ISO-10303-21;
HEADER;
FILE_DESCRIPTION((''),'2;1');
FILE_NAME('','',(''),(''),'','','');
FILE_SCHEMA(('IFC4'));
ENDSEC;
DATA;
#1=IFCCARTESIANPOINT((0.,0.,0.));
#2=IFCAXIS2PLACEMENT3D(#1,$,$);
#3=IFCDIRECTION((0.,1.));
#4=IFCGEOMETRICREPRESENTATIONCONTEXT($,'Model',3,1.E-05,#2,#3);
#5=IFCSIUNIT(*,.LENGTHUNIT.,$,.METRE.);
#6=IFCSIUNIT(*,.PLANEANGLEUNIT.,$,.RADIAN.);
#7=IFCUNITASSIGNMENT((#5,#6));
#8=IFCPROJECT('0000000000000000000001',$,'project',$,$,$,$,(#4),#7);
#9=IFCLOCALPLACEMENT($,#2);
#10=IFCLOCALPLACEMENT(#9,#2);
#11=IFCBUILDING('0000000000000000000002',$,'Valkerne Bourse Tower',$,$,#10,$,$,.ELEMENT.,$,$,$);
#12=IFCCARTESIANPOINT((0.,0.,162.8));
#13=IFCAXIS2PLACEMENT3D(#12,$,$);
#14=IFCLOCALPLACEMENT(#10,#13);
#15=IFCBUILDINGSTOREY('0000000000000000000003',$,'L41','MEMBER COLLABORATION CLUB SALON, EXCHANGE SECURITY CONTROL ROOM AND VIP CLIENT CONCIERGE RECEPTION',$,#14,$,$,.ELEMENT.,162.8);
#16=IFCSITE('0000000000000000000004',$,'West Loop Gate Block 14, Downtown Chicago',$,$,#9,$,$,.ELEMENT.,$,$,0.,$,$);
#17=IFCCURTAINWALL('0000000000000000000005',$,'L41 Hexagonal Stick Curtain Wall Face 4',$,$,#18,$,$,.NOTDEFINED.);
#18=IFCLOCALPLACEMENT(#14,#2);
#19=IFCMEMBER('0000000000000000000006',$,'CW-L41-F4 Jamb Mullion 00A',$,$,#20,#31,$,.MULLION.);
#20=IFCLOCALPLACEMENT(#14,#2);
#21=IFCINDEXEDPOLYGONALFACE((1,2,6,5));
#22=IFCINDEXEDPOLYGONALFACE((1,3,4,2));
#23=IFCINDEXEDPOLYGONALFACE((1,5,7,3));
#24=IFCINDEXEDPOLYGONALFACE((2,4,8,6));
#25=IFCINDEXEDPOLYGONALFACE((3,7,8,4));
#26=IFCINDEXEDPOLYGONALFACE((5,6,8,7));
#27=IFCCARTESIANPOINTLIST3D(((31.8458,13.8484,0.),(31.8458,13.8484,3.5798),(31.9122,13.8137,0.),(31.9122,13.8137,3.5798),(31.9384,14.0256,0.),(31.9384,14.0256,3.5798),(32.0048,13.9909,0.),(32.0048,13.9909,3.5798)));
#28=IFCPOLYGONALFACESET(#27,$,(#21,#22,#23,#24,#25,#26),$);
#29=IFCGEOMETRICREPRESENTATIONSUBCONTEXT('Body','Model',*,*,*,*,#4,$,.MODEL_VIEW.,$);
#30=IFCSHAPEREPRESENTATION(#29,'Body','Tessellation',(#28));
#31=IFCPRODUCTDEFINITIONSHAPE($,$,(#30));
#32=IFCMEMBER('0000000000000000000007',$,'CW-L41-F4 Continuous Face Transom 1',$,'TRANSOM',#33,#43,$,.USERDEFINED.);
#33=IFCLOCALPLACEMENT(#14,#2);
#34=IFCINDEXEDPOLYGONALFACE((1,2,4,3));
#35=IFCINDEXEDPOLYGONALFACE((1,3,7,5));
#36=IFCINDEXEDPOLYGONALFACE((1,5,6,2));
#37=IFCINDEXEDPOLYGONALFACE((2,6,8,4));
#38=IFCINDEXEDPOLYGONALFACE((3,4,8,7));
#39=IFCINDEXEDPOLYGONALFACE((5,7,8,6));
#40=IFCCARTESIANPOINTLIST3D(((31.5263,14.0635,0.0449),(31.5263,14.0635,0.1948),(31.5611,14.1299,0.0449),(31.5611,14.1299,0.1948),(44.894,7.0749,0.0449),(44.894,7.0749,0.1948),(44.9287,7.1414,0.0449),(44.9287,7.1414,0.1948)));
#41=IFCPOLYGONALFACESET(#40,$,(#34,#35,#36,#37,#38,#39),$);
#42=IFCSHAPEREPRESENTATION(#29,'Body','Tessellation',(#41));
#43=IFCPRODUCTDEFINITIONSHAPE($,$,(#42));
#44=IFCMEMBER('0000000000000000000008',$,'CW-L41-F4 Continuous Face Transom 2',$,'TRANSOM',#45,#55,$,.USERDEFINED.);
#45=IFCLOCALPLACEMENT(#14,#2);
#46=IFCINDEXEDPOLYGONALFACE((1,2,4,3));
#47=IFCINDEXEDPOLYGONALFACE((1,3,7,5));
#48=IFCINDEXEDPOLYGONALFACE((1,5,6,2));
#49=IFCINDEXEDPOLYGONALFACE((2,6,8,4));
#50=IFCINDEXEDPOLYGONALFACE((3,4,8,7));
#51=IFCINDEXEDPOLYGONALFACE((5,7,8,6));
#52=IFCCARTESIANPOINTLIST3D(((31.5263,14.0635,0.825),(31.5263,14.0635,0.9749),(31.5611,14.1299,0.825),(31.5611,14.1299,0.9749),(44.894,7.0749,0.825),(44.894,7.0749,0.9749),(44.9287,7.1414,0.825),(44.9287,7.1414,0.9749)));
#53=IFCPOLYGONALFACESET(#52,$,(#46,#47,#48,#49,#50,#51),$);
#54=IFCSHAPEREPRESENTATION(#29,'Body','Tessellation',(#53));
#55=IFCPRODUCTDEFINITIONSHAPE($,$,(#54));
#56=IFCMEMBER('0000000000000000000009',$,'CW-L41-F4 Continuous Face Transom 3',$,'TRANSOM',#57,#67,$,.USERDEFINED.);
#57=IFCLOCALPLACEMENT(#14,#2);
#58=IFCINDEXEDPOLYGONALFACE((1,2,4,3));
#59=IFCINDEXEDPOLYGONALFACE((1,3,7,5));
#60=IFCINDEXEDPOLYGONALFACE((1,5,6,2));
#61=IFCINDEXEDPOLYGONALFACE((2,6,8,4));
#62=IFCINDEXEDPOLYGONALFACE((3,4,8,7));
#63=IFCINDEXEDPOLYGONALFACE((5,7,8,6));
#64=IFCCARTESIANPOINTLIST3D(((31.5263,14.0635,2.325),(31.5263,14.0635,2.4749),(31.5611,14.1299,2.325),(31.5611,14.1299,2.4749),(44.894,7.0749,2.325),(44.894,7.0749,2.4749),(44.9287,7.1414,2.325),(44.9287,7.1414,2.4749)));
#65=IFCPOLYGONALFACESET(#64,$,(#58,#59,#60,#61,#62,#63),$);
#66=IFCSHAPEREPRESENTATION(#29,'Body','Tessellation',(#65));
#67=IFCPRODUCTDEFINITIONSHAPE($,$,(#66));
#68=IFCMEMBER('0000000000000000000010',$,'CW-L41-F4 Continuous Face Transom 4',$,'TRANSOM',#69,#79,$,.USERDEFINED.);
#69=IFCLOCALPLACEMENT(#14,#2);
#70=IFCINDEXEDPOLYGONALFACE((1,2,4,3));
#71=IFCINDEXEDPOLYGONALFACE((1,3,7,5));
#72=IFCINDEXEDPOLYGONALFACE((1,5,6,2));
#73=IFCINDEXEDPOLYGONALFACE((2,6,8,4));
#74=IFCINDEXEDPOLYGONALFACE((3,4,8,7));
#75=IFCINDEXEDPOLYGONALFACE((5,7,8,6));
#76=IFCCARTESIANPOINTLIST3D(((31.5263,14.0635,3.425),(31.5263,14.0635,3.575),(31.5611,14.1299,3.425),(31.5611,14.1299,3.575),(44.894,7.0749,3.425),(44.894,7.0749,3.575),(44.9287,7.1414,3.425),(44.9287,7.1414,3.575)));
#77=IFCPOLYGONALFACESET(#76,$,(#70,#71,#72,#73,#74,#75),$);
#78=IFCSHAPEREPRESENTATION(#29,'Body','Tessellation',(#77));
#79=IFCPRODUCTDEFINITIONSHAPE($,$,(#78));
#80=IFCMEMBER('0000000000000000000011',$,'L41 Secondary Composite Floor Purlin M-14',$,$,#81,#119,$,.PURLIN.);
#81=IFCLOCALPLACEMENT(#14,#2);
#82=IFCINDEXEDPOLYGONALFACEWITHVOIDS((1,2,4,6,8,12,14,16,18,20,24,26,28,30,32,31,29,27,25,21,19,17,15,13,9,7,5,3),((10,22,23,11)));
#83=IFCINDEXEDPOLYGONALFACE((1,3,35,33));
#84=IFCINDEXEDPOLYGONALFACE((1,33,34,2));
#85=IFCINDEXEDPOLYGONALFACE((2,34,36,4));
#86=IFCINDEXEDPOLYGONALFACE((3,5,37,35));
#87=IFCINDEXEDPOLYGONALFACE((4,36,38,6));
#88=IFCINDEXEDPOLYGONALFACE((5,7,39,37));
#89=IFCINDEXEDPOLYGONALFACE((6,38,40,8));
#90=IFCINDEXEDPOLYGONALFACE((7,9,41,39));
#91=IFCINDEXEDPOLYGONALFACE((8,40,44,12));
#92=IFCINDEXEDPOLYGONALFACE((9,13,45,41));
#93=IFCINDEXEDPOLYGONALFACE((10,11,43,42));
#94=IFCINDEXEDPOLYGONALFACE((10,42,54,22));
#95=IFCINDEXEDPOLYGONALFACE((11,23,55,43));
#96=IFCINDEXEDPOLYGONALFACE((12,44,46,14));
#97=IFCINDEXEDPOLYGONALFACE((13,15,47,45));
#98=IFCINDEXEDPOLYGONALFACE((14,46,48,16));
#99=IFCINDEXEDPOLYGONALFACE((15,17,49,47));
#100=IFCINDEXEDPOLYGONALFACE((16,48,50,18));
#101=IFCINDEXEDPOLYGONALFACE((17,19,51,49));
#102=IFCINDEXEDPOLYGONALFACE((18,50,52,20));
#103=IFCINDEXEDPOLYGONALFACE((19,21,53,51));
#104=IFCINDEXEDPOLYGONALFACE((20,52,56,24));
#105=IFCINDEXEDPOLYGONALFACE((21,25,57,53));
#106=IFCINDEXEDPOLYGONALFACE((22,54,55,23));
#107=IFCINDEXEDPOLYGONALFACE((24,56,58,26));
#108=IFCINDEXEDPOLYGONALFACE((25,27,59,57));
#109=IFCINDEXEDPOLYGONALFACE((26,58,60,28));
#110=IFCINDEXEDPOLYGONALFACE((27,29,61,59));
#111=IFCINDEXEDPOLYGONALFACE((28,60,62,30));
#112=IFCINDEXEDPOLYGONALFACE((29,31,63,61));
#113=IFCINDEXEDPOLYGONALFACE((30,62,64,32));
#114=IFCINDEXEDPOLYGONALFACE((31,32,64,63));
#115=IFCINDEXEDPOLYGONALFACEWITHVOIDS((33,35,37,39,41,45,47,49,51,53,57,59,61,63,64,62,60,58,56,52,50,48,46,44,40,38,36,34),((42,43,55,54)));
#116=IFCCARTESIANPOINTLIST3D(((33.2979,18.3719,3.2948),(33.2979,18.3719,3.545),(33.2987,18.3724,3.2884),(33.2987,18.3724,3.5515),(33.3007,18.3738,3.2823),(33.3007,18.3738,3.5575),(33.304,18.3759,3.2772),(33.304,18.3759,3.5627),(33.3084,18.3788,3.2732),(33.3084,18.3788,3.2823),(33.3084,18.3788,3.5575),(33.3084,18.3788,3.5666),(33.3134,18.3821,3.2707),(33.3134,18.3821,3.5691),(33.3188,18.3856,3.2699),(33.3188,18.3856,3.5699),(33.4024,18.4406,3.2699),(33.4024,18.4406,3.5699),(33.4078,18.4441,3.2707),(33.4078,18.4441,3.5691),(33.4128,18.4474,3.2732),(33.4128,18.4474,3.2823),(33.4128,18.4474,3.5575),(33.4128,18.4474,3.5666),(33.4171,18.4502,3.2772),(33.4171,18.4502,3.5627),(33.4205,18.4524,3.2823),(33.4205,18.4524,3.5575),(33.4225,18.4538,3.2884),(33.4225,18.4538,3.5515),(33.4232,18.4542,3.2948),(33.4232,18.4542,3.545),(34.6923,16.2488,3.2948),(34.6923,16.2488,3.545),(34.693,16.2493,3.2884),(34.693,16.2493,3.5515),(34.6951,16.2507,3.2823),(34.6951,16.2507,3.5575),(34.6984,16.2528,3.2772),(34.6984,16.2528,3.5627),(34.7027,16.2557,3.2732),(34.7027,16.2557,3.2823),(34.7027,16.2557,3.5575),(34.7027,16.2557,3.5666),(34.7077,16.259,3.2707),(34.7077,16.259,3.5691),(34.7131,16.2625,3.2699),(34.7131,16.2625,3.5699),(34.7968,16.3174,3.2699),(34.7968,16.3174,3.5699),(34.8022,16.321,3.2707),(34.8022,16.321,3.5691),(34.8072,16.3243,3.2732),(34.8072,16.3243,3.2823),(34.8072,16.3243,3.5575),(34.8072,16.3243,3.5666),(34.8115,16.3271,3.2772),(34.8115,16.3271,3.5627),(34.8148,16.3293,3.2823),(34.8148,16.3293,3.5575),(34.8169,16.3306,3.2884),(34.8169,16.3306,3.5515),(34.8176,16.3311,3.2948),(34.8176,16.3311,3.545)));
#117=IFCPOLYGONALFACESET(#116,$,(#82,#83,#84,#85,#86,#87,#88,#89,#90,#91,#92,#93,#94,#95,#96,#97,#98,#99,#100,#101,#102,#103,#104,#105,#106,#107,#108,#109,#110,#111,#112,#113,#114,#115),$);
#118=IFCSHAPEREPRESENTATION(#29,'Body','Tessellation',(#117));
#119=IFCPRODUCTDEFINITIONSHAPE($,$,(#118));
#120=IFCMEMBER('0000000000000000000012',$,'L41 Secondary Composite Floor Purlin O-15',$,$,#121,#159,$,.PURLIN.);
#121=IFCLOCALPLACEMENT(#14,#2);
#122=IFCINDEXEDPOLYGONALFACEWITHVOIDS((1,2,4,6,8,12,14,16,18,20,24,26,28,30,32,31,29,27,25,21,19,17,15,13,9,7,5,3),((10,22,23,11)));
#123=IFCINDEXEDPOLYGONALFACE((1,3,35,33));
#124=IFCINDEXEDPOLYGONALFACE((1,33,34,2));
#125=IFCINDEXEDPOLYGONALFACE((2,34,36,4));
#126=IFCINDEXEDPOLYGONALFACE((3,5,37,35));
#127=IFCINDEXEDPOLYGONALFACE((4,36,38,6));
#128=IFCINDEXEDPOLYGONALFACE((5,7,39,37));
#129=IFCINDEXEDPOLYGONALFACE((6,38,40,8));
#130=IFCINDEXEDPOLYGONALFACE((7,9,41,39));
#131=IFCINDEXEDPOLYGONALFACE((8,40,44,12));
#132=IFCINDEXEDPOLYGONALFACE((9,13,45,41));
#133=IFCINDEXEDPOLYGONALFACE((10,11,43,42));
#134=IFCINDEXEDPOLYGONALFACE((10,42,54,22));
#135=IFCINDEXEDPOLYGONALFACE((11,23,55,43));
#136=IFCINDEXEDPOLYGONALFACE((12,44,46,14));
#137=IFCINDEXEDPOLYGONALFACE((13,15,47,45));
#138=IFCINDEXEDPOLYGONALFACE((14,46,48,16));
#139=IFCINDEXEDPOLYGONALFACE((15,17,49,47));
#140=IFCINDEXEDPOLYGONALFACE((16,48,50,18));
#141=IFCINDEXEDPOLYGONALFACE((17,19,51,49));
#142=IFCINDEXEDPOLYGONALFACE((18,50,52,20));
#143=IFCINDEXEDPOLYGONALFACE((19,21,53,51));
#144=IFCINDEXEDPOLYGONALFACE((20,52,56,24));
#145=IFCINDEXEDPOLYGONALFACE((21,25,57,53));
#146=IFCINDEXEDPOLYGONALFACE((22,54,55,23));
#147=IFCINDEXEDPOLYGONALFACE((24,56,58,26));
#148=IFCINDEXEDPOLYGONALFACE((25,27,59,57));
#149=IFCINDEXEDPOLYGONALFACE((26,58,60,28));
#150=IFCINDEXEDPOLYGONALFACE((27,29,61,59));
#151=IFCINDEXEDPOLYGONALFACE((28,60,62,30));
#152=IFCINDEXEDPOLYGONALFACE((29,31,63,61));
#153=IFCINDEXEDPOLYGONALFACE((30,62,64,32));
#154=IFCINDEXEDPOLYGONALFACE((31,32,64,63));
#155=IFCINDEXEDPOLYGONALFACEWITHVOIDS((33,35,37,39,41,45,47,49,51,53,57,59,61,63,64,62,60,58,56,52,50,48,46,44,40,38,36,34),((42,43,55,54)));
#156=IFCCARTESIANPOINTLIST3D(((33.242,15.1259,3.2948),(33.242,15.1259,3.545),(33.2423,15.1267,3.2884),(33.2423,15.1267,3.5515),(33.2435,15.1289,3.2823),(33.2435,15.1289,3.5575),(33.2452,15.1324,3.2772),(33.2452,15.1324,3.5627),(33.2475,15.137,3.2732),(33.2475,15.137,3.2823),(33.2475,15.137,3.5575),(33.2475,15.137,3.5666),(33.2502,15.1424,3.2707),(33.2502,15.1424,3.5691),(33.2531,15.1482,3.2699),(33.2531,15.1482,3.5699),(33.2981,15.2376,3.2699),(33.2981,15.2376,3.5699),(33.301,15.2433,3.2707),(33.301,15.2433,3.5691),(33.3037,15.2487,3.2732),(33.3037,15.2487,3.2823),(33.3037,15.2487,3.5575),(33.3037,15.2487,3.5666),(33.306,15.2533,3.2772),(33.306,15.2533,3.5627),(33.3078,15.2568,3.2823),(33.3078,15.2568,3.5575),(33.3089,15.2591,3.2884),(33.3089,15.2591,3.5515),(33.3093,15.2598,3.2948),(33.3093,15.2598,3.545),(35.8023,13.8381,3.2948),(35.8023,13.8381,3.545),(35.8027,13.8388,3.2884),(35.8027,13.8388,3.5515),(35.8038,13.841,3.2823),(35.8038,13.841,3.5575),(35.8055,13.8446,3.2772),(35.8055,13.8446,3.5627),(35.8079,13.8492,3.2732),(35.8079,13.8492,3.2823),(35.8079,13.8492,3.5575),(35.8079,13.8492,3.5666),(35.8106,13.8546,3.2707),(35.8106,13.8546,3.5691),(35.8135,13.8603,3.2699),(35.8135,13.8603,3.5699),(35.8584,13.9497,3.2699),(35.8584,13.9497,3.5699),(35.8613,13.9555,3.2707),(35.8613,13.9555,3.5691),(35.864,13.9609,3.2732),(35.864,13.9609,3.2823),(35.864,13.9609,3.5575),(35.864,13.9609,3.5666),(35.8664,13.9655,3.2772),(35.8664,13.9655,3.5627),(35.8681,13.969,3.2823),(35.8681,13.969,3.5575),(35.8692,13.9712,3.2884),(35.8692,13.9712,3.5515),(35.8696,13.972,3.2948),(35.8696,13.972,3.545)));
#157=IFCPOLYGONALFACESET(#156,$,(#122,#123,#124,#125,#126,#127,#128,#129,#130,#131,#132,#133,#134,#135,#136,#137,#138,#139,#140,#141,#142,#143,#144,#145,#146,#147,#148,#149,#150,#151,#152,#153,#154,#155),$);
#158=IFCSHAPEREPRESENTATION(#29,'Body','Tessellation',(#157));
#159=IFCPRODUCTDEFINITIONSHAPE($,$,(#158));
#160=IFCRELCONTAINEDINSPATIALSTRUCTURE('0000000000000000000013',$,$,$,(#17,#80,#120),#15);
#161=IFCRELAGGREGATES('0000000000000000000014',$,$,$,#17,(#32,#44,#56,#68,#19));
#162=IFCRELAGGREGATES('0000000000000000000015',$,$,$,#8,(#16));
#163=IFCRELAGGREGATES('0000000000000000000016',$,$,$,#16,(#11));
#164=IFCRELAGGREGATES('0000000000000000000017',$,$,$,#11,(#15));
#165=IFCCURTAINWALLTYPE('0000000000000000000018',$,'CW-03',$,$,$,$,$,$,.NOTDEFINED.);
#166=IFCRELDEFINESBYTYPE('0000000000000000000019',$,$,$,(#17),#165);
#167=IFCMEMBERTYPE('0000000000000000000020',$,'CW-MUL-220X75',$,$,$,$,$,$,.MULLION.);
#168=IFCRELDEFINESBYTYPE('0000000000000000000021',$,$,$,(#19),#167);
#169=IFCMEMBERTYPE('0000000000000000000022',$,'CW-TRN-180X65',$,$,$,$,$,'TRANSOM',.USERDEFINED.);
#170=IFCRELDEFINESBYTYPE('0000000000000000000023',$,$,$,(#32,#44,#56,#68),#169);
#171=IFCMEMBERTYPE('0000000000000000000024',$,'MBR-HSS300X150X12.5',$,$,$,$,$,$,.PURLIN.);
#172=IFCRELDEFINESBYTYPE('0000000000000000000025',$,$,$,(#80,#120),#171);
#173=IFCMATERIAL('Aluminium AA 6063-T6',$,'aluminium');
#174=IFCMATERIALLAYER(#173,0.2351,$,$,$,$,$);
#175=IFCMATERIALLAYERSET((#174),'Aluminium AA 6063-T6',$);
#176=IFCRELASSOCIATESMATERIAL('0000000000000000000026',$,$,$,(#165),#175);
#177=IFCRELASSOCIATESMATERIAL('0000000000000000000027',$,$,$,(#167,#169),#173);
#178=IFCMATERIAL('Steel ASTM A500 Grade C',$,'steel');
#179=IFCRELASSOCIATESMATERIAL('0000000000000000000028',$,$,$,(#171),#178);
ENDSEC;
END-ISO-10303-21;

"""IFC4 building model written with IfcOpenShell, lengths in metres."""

from ifc_helpers import new_model, si_unit, direction, frame, origin, origin_2d, place, context, subcontext, project, spatial, rectangle, hollow_rectangle, extrude, material, layer, layer_set, material_profile, profile_set, type_object, element, aggregate, save


model = new_model("IFC4")

# Units and contexts
model_context = context("Model", 3, precision=1e-05, world=origin(), true_north=direction((0.0, 1.0)))
body_context = subcontext(model_context, "Body", "Model", "MODEL_VIEW")
ifc_project = project(units=[si_unit("LENGTHUNIT", "METRE"), si_unit("PLANEANGLEUNIT", "RADIAN")], contexts=[model_context])

# Site, building, storey
site_placement = place(None, origin())
site = spatial("IfcSite", under=ifc_project, at=site_placement, Name="West Loop Gate Block 14, Downtown Chicago", CompositionType="ELEMENT", RefElevation=0.0)
building_placement = place(site_placement, origin())
building = spatial("IfcBuilding", under=site, at=building_placement, Name="Valkerne Bourse Tower", CompositionType="ELEMENT")
storey_placement = place(building_placement, frame((0.0, 0.0, 162.8)))
storey = spatial("IfcBuildingStorey", under=building, at=storey_placement, Name="L41", Description="MEMBER COLLABORATION CLUB SALON, EXCHANGE SECURITY CONTROL ROOM AND VIP CLIENT CONCIERGE RECEPTION", CompositionType="ELEMENT", Elevation=162.8)

# Curtain wall, members
ifc_material_1 = material(Name="Aluminium AA 6063-T6", Category="aluminium")
ifc_layer_1 = layer(ifc_material_1, 0.2351)
ifc_layer_set_1 = layer_set([ifc_layer_1], Name="Aluminium AA 6063-T6")
curtain_wall_type = type_object("IfcCurtainWallType", Name="CW-03", PredefinedType="NOTDEFINED", material=ifc_layer_set_1)
curtain_wall_placement = place(storey_placement, origin())
curtain_wall = element("IfcCurtainWall", 1, at=curtain_wall_placement, inside=storey, type_object=curtain_wall_type, Name="L41 Hexagonal Stick Curtain Wall Face 4", PredefinedType="NOTDEFINED")
ifc_material_profile_1 = material_profile(ifc_material_1, rectangle(XDim=0.075, YDim=0.2, at=origin_2d()), Name="CWM-75X200")
ifc_profile_set_1 = profile_set([ifc_material_profile_1], Name="Aluminium AA 6063-T6")
member_type_1 = type_object("IfcMemberType", Name="CW-MUL-220X75", PredefinedType="MULLION", material=ifc_profile_set_1)
member_1_placement = place(storey_placement, frame((31.9253, 13.9197, 0.0), z_axis=(0.0, 0.0, 1.0), x_axis=(0.886198, -0.463306, 0.0)))
member_1 = element("IfcMember", 2, at=member_1_placement, type_object=member_type_1, Name="CW-L41-F4 Jamb Mullion 00A", PredefinedType="MULLION", context=body_context, shape_type="SweptSolid", body=[
    extrude(rectangle(XDim=0.075, YDim=0.2, at=origin_2d()), origin(), (0.0, 0.0, 1.0), 3.5798),
])
ifc_material_profile_2 = material_profile(ifc_material_1, rectangle(XDim=0.075, YDim=0.1499, at=origin_2d()), Name="CWT-75X150")
ifc_profile_set_2 = profile_set([ifc_material_profile_2], Name="Aluminium AA 6063-T6")
member_type_2 = type_object("IfcMemberType", Name="CW-TRN-180X65", ElementType="TRANSOM", PredefinedType="USERDEFINED", material=ifc_profile_set_2)
member_2_placement = place(storey_placement, frame((31.5437, 14.0967, 0.1199), z_axis=(0.886202, -0.4633, 0.0), x_axis=(0.4633, 0.886202, 0.0)))
member_2 = element("IfcMember", 3, at=member_2_placement, type_object=member_type_2, Name="CW-L41-F4 Continuous Face Transom 1", ObjectType="TRANSOM", PredefinedType="USERDEFINED", context=body_context, shape_type="SweptSolid", body=[
    extrude(rectangle(XDim=0.075, YDim=0.1499, at=origin_2d()), origin(), (0.0, 0.0, 1.0), 15.0842),
])
member_3_placement = place(storey_placement, frame((31.5437, 14.0967, 0.8999), z_axis=(0.886202, -0.4633, 0.0), x_axis=(0.4633, 0.886202, 0.0)))
member_3 = element("IfcMember", 4, at=member_3_placement, type_object=member_type_2, Name="CW-L41-F4 Continuous Face Transom 2", ObjectType="TRANSOM", PredefinedType="USERDEFINED", context=body_context, shape_type="SweptSolid", body=[
    extrude(rectangle(XDim=0.075, YDim=0.1499, at=origin_2d()), origin(), (0.0, 0.0, 1.0), 15.0842),
])
member_4_placement = place(storey_placement, frame((31.5437, 14.0967, 2.3999), z_axis=(0.886202, -0.4633, 0.0), x_axis=(0.4633, 0.886202, 0.0)))
member_4 = element("IfcMember", 5, at=member_4_placement, type_object=member_type_2, Name="CW-L41-F4 Continuous Face Transom 3", ObjectType="TRANSOM", PredefinedType="USERDEFINED", context=body_context, shape_type="SweptSolid", body=[
    extrude(rectangle(XDim=0.075, YDim=0.1499, at=origin_2d()), origin(), (0.0, 0.0, 1.0), 15.0842),
])
member_5_placement = place(storey_placement, frame((31.5437, 14.0967, 3.5), z_axis=(0.886202, -0.4633, 0.0), x_axis=(0.4633, 0.886202, 0.0)))
member_5 = element("IfcMember", 6, at=member_5_placement, type_object=member_type_2, Name="CW-L41-F4 Continuous Face Transom 4", ObjectType="TRANSOM", PredefinedType="USERDEFINED", context=body_context, shape_type="SweptSolid", body=[
    extrude(rectangle(XDim=0.075, YDim=0.1499, at=origin_2d()), origin(), (0.0, 0.0, 1.0), 15.0842),
])

# Members
ifc_material_2 = material(Name="Steel ASTM A500 Grade C", Category="steel")
ifc_material_profile_3 = material_profile(ifc_material_2, hollow_rectangle(XDim=0.1499, YDim=0.3, WallThickness=0.0125, OuterFilletRadius=0.0249, at=origin_2d()), Name="HSS300X150X12.5")
ifc_profile_set_3 = profile_set([ifc_material_profile_3], Name="Steel ASTM A500 Grade C")
member_type_3 = type_object("IfcMemberType", Name="MBR-HSS300X150X12.5", PredefinedType="PURLIN", material=ifc_profile_set_3)
member_6_placement = place(storey_placement, frame((33.3606, 18.4131, 3.4199), z_axis=(0.548942, -0.83586, 0.0), x_axis=(0.83586, 0.548942, 0.0)))
element("IfcMember", 7, at=member_6_placement, inside=storey, type_object=member_type_3, Name="L41 Secondary Composite Floor Purlin M-14", PredefinedType="PURLIN", context=body_context, shape_type="SweptSolid", body=[
    extrude(hollow_rectangle(XDim=0.1499, YDim=0.3, WallThickness=0.0125, OuterFilletRadius=0.0249, at=origin_2d()), origin(), (0.0, 0.0, 1.0), 2.54),
])
member_7_placement = place(storey_placement, frame((33.2756, 15.1929, 3.4199), z_axis=(0.893351, -0.449359, 0.0), x_axis=(0.449359, 0.893351, 0.0)))
element("IfcMember", 8, at=member_7_placement, inside=storey, type_object=member_type_3, Name="L41 Secondary Composite Floor Purlin O-15", PredefinedType="PURLIN", context=body_context, shape_type="SweptSolid", body=[
    extrude(hollow_rectangle(XDim=0.1499, YDim=0.3, WallThickness=0.0125, OuterFilletRadius=0.0249, at=origin_2d()), origin(), (0.0, 0.0, 1.0), 2.866),
])

aggregate(curtain_wall, [member_2, member_3, member_4, member_5, member_1])

save(model, "model.ifc")
